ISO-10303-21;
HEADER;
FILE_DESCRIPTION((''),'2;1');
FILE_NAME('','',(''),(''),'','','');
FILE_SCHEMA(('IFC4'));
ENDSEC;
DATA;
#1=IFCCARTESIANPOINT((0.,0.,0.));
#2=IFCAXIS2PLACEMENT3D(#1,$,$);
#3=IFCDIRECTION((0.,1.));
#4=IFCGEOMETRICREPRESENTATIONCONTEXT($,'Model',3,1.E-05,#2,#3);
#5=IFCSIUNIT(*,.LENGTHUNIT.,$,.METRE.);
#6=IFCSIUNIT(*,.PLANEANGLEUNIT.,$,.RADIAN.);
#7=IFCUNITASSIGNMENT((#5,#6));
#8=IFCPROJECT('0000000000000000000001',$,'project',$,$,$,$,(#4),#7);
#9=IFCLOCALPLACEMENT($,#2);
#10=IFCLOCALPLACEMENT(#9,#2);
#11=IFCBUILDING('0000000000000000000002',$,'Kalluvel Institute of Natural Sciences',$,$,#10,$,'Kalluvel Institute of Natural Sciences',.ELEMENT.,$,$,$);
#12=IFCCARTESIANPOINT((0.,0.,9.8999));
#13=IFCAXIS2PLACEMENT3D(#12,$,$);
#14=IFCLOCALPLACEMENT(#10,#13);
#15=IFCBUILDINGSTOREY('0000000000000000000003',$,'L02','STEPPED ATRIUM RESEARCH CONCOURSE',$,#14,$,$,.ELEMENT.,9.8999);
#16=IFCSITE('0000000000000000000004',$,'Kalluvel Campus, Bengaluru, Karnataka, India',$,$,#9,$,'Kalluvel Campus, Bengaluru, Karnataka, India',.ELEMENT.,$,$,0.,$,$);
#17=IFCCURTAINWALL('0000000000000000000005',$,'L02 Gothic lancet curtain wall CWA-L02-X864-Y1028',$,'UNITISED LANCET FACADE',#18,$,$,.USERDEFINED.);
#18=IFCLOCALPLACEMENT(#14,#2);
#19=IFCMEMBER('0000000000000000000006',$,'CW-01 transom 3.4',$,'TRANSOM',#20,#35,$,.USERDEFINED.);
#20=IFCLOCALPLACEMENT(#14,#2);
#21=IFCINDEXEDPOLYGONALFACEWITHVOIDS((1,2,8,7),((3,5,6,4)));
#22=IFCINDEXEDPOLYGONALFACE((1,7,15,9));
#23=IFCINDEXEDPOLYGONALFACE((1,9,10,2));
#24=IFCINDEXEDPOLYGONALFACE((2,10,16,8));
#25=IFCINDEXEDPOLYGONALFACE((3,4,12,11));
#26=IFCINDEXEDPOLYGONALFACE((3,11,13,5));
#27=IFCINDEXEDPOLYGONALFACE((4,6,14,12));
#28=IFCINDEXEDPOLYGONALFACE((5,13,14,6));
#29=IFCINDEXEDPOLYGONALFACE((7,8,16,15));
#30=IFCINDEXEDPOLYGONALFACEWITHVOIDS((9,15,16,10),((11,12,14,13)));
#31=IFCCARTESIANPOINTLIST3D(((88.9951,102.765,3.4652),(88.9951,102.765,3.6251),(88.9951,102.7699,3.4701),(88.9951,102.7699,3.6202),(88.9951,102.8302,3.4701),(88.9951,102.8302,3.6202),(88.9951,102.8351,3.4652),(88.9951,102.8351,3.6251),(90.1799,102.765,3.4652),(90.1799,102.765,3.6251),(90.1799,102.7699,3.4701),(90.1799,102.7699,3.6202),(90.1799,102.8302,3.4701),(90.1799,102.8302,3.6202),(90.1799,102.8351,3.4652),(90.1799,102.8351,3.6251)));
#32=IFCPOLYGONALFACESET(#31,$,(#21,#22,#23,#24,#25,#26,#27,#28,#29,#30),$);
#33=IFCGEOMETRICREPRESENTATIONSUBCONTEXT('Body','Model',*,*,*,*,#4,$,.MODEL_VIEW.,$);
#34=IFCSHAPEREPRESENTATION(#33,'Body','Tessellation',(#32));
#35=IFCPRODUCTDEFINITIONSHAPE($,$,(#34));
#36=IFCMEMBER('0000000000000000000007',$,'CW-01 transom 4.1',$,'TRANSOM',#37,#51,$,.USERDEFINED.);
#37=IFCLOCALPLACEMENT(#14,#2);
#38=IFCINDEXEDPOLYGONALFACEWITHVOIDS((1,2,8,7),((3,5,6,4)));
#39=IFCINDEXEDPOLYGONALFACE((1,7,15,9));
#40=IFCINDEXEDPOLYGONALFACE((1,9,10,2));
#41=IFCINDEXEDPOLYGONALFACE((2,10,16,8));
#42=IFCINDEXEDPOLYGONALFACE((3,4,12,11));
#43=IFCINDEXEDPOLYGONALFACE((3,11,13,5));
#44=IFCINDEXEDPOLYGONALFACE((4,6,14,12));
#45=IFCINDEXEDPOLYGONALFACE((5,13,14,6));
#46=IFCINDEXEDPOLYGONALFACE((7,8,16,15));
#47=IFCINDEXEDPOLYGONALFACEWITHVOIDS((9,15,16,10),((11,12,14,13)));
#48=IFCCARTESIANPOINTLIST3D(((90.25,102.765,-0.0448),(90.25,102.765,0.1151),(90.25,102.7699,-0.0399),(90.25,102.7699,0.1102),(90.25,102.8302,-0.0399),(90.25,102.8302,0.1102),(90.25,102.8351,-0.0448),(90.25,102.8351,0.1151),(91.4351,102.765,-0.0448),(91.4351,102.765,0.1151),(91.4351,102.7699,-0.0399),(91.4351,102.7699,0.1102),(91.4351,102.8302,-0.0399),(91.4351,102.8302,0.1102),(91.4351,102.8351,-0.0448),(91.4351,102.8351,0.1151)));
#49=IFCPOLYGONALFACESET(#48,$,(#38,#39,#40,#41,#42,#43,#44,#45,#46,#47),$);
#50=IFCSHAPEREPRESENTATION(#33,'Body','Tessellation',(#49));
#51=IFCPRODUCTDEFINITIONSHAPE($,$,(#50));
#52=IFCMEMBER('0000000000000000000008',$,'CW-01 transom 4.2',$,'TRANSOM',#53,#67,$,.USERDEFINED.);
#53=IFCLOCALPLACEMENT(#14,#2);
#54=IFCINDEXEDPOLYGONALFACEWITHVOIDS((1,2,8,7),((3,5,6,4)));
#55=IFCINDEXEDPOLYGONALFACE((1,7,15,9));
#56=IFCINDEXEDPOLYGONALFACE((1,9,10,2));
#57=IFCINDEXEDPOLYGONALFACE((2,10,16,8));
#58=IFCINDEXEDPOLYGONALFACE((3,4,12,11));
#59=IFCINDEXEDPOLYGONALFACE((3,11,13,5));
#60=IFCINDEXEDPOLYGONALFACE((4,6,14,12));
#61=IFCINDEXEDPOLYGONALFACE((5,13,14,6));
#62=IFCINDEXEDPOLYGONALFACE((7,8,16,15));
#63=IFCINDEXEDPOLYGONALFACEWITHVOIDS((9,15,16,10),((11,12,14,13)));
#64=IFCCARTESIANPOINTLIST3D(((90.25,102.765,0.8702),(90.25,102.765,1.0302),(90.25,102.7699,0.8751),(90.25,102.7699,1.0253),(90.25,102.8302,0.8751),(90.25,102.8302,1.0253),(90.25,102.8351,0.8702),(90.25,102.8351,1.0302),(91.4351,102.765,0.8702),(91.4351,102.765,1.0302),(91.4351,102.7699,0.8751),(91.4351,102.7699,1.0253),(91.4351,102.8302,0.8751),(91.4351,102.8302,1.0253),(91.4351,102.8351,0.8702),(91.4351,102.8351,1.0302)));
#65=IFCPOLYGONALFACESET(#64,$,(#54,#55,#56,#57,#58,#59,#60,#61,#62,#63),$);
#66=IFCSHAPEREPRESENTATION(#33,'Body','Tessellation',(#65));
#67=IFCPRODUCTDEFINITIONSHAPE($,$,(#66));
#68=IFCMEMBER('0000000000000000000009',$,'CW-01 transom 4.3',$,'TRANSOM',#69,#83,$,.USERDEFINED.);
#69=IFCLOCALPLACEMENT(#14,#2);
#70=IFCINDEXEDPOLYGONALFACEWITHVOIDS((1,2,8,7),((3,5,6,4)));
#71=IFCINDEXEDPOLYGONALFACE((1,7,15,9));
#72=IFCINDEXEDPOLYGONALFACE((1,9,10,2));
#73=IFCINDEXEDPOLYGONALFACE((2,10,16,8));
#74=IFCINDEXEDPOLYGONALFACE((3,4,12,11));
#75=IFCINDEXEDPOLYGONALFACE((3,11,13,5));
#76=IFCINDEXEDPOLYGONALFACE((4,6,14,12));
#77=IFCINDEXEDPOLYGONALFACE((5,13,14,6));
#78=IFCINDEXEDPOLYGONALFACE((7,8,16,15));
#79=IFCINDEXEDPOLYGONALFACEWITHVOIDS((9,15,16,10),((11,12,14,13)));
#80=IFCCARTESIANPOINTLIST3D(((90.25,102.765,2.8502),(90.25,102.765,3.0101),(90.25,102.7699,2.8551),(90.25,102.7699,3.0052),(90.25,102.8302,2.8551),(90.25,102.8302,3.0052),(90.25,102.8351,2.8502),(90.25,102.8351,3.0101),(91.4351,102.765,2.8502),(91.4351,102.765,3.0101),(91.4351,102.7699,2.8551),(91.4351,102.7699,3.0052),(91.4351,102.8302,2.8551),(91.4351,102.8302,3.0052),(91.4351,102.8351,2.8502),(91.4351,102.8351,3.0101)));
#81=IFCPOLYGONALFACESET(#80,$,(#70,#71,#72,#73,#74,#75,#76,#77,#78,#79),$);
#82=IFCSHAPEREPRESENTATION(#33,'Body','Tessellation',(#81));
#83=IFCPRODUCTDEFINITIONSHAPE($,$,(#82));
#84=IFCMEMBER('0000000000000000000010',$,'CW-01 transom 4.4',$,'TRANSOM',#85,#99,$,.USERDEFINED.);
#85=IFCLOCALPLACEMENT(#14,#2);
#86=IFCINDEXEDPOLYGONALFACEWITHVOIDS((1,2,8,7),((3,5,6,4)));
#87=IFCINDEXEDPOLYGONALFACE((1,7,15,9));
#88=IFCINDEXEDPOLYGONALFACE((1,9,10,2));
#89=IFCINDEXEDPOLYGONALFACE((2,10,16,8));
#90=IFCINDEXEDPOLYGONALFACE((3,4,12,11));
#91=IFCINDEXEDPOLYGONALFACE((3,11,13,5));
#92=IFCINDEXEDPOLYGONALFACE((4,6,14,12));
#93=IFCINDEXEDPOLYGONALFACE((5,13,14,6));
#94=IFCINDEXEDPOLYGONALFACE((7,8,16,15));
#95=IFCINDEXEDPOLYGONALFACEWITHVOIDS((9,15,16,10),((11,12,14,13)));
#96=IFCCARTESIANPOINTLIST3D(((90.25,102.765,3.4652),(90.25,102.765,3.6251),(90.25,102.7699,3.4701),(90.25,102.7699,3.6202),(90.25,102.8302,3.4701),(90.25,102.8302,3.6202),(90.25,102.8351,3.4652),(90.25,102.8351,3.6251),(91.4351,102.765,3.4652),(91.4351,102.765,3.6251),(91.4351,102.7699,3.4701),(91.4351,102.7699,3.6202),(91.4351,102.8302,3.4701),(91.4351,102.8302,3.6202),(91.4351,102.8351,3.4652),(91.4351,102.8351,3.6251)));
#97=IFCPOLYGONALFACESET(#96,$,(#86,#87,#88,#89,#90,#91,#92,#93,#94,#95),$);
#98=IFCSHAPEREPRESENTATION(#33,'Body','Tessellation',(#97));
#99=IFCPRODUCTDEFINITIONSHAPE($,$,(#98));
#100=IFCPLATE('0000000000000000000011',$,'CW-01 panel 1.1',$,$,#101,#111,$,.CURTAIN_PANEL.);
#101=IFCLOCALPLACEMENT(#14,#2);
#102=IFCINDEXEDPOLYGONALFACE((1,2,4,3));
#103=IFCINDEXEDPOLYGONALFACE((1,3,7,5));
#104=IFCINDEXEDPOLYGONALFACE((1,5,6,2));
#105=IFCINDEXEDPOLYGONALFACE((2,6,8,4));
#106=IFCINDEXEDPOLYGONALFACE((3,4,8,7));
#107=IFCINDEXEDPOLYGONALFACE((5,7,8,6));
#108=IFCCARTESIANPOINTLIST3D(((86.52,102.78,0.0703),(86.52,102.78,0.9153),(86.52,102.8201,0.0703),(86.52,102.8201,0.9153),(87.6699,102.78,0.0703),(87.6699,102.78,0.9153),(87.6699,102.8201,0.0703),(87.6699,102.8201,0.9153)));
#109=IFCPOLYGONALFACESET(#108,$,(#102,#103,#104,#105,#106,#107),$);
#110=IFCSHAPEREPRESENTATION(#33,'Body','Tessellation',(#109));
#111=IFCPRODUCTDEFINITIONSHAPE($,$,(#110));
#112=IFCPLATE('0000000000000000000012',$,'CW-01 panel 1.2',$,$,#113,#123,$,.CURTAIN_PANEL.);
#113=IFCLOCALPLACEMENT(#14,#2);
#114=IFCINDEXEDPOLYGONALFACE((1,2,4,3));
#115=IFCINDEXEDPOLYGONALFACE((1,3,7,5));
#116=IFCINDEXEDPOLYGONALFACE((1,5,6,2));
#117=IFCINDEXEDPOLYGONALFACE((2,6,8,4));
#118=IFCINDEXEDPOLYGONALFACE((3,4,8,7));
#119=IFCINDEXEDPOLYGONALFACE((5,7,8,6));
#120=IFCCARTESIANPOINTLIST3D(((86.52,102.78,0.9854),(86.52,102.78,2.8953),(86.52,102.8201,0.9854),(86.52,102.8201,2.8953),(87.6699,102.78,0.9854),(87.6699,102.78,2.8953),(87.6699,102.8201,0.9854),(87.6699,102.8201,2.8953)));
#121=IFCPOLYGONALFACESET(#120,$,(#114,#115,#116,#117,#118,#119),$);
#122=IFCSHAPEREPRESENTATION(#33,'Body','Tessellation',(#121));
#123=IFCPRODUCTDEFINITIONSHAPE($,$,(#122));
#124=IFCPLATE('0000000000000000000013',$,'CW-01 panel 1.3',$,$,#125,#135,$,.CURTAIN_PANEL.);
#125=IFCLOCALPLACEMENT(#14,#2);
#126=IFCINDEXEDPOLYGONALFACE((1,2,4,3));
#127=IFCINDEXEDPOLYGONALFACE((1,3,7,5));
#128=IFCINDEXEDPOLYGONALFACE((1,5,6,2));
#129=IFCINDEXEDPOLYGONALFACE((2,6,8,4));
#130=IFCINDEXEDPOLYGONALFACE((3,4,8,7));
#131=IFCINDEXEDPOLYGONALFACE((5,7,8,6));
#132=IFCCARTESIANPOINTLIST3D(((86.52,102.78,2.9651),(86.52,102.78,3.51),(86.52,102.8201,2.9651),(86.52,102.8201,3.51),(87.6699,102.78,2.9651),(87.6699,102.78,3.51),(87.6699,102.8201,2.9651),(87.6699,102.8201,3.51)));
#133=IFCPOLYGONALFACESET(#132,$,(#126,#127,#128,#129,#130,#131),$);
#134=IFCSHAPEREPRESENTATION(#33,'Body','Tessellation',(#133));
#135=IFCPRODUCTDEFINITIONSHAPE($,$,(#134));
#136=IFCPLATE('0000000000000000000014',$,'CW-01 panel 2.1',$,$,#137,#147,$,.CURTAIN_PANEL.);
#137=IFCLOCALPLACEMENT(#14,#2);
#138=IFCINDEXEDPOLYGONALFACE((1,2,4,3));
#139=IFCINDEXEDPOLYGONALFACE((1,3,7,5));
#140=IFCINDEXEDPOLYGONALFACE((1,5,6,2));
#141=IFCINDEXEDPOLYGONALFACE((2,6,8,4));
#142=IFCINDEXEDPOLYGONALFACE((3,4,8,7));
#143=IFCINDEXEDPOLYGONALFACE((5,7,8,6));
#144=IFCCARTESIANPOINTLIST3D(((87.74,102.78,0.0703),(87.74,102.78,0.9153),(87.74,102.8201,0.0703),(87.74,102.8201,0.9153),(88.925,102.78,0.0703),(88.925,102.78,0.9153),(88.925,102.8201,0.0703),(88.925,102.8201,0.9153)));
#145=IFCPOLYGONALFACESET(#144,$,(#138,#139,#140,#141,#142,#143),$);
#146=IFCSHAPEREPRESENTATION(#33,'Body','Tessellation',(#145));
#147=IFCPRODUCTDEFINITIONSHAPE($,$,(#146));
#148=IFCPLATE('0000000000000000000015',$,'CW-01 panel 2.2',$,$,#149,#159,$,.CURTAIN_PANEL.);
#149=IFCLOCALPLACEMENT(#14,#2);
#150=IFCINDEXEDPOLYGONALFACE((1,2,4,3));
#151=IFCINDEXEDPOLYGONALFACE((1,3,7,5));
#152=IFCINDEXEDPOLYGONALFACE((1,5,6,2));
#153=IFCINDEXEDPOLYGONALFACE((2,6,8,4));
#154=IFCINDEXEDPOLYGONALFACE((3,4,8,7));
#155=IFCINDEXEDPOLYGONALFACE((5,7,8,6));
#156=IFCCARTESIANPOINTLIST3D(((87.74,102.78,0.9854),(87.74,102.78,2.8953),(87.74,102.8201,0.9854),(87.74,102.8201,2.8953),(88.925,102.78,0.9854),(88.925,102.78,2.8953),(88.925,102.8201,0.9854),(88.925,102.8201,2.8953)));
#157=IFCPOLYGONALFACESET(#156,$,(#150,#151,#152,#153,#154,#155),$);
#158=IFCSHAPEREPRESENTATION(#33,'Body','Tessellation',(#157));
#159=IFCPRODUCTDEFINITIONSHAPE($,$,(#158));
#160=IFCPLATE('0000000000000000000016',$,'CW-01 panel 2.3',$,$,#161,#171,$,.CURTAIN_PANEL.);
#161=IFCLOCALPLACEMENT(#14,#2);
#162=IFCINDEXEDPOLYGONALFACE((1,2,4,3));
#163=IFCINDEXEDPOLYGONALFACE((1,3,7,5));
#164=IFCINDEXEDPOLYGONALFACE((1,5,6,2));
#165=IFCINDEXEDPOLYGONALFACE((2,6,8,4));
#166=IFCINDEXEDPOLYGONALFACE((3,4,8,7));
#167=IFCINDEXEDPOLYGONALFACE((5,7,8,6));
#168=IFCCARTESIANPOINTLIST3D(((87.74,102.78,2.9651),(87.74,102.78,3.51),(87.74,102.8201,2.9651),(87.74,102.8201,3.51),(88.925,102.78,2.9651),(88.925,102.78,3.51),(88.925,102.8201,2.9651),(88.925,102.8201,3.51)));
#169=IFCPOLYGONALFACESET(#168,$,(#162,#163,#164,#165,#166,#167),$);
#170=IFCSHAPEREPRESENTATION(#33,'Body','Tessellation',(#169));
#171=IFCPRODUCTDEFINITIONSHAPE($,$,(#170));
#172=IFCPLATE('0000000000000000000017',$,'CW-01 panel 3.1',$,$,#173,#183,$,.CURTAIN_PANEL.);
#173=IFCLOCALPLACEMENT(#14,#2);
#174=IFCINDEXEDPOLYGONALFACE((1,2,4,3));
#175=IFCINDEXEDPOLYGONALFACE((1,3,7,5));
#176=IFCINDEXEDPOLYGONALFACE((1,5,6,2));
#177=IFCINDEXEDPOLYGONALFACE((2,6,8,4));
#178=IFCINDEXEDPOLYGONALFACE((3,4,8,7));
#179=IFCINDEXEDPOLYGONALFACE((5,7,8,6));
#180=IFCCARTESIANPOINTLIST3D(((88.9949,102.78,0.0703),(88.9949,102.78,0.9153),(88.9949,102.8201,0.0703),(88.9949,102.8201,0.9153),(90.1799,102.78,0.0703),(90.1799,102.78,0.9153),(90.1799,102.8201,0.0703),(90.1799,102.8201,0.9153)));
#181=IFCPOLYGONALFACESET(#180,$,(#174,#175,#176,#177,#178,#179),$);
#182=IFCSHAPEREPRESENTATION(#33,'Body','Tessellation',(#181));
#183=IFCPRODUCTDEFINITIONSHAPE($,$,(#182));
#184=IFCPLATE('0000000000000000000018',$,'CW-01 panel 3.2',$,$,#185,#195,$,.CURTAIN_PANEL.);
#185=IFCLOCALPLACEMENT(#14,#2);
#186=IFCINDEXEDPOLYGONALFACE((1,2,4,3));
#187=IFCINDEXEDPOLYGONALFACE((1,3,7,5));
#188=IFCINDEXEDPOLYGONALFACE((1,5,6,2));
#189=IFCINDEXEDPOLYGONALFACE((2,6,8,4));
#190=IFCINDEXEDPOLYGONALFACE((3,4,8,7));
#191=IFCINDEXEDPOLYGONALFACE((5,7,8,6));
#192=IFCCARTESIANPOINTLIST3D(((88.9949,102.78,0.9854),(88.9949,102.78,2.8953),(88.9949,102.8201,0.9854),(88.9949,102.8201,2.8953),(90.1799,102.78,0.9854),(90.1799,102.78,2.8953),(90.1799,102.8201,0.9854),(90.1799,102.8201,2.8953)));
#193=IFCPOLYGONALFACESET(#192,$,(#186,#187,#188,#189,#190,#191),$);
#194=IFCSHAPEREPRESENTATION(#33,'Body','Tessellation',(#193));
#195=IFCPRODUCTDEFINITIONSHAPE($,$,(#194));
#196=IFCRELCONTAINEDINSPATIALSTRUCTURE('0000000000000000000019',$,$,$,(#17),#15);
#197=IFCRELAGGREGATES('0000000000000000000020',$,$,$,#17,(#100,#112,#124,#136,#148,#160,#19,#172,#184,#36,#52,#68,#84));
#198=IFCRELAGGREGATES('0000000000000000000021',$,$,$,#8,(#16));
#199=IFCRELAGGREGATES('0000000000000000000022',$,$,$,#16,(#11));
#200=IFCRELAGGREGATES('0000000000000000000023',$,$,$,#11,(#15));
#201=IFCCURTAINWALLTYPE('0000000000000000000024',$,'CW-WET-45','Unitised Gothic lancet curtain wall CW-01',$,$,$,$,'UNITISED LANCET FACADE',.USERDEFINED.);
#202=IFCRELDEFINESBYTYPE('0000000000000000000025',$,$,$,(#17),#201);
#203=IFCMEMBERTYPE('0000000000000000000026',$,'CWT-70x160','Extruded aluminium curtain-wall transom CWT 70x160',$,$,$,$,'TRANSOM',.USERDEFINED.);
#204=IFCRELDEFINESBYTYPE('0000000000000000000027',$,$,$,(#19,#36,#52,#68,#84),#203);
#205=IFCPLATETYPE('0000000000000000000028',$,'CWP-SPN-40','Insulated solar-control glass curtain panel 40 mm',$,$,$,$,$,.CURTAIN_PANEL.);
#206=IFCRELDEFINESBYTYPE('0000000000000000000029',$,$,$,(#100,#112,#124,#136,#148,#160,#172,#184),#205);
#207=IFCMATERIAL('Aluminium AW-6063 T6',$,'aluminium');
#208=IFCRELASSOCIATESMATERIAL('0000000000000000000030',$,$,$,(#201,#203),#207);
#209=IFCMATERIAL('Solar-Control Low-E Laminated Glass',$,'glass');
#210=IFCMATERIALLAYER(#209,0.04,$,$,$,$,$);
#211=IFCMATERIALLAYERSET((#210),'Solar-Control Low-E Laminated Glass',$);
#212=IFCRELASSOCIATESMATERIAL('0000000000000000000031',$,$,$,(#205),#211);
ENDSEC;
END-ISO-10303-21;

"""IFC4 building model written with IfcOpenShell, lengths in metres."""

from ifc_helpers import new_model, si_unit, direction, frame, origin, origin_2d, place, context, subcontext, project, spatial, rectangle, hollow_rectangle, extrude, material, layer, layer_set, material_profile, profile_set, type_object, element, aggregate, save


model = new_model("IFC4")

# Units and contexts
model_context = context("Model", 3, precision=1e-05, world=origin(), true_north=direction((0.0, 1.0)))
body_context = subcontext(model_context, "Body", "Model", "MODEL_VIEW")
ifc_project = project(units=[si_unit("LENGTHUNIT", "METRE"), si_unit("PLANEANGLEUNIT", "RADIAN")], contexts=[model_context])

# Site, building, storey
site_placement = place(None, origin())
site = spatial("IfcSite", under=ifc_project, at=site_placement, Name="Kalluvel Campus, Bengaluru, Karnataka, India", LongName="Kalluvel Campus, Bengaluru, Karnataka, India", CompositionType="ELEMENT", RefElevation=0.0)
building_placement = place(site_placement, origin())
building = spatial("IfcBuilding", under=site, at=building_placement, Name="Kalluvel Institute of Natural Sciences", LongName="Kalluvel Institute of Natural Sciences", CompositionType="ELEMENT")
storey_placement = place(building_placement, frame((0.0, 0.0, 9.8999)))
storey = spatial("IfcBuildingStorey", under=building, at=storey_placement, Name="L02", Description="STEPPED ATRIUM RESEARCH CONCOURSE", CompositionType="ELEMENT", Elevation=9.8999)

# Curtain wall, members, plates
ifc_material_1 = material(Name="Aluminium AW-6063 T6", Category="aluminium")
curtain_wall_type = type_object("IfcCurtainWallType", Name="CW-WET-45", Description="Unitised Gothic lancet curtain wall CW-01", ElementType="UNITISED LANCET FACADE", PredefinedType="USERDEFINED", material=ifc_material_1)
curtain_wall_placement = place(storey_placement, origin())
curtain_wall = element("IfcCurtainWall", 1, at=curtain_wall_placement, inside=storey, type_object=curtain_wall_type, Name="L02 Gothic lancet curtain wall CWA-L02-X864-Y1028", ObjectType="UNITISED LANCET FACADE", PredefinedType="USERDEFINED")
ifc_material_profile_1 = material_profile(ifc_material_1, hollow_rectangle(XDim=0.0701, YDim=0.1599, WallThickness=0.0049, at=origin_2d()), Name="CWT 70x160")
ifc_profile_set_1 = profile_set([ifc_material_profile_1], Name="Aluminium AW-6063 T6")
member_type_1 = type_object("IfcMemberType", Name="CWT-70x160", Description="Extruded aluminium curtain-wall transom CWT 70x160", ElementType="TRANSOM", PredefinedType="USERDEFINED", material=ifc_profile_set_1)
member_1_placement = place(storey_placement, frame((88.9951, 102.8, 3.5452), z_axis=(1.0, 0.0, 0.0), x_axis=(0.0, 1.0, 0.0)))
member_1 = element("IfcMember", 2, at=member_1_placement, type_object=member_type_1, Name="CW-01 transom 3.4", ObjectType="TRANSOM", PredefinedType="USERDEFINED", context=body_context, shape_type="SweptSolid", body=[
    extrude(hollow_rectangle(XDim=0.0701, YDim=0.1599, WallThickness=0.0049, at=origin_2d()), origin(), (0.0, 0.0, 1.0), 1.1848),
])
member_2_placement = place(storey_placement, frame((90.25, 102.8, 0.0352), z_axis=(1.0, 0.0, 0.0), x_axis=(0.0, 1.0, 0.0)))
member_2 = element("IfcMember", 3, at=member_2_placement, type_object=member_type_1, Name="CW-01 transom 4.1", ObjectType="TRANSOM", PredefinedType="USERDEFINED", context=body_context, shape_type="SweptSolid", body=[
    extrude(hollow_rectangle(XDim=0.0701, YDim=0.1599, WallThickness=0.0049, at=origin_2d()), origin(), (0.0, 0.0, 1.0), 1.1851),
])
member_3_placement = place(storey_placement, frame((90.25, 102.8, 0.9502), z_axis=(1.0, 0.0, 0.0), x_axis=(0.0, 1.0, 0.0)))
member_3 = element("IfcMember", 4, at=member_3_placement, type_object=member_type_1, Name="CW-01 transom 4.2", ObjectType="TRANSOM", PredefinedType="USERDEFINED", context=body_context, shape_type="SweptSolid", body=[
    extrude(hollow_rectangle(XDim=0.0701, YDim=0.1599, WallThickness=0.0049, at=origin_2d()), origin(), (0.0, 0.0, 1.0), 1.1851),
])
member_4_placement = place(storey_placement, frame((90.25, 102.8, 2.9302), z_axis=(1.0, 0.0, 0.0), x_axis=(0.0, 1.0, 0.0)))
member_4 = element("IfcMember", 5, at=member_4_placement, type_object=member_type_1, Name="CW-01 transom 4.3", ObjectType="TRANSOM", PredefinedType="USERDEFINED", context=body_context, shape_type="SweptSolid", body=[
    extrude(hollow_rectangle(XDim=0.0701, YDim=0.1599, WallThickness=0.0049, at=origin_2d()), origin(), (0.0, 0.0, 1.0), 1.1851),
])
member_5_placement = place(storey_placement, frame((90.25, 102.8, 3.5452), z_axis=(1.0, 0.0, 0.0), x_axis=(0.0, 1.0, 0.0)))
member_5 = element("IfcMember", 6, at=member_5_placement, type_object=member_type_1, Name="CW-01 transom 4.4", ObjectType="TRANSOM", PredefinedType="USERDEFINED", context=body_context, shape_type="SweptSolid", body=[
    extrude(hollow_rectangle(XDim=0.0701, YDim=0.1599, WallThickness=0.0049, at=origin_2d()), origin(), (0.0, 0.0, 1.0), 1.1851),
])
ifc_material_2 = material(Name="Solar-Control Low-E Laminated Glass", Category="glass")
ifc_layer = layer(ifc_material_2, 0.04)
ifc_layer_set = layer_set([ifc_layer], Name="Solar-Control Low-E Laminated Glass")
plate_type = type_object("IfcPlateType", Name="CWP-SPN-40", Description="Insulated solar-control glass curtain panel 40 mm", PredefinedType="CURTAIN_PANEL", material=ifc_layer_set)
plate_1_placement = place(storey_placement, frame((87.095, 102.8, 0.0703), z_axis=(0.0, 0.0, 1.0), x_axis=(1.0, 0.0, 0.0)))
plate_1 = element("IfcPlate", 7, at=plate_1_placement, type_object=plate_type, Name="CW-01 panel 1.1", PredefinedType="CURTAIN_PANEL", context=body_context, shape_type="SweptSolid", body=[
    extrude(rectangle(XDim=1.1499, YDim=0.04, at=origin_2d()), origin(), (0.0, 0.0, 1.0), 0.845),
])
plate_2_placement = place(storey_placement, frame((87.095, 102.8, 0.9854), z_axis=(0.0, 0.0, 1.0), x_axis=(1.0, 0.0, 0.0)))
plate_2 = element("IfcPlate", 8, at=plate_2_placement, type_object=plate_type, Name="CW-01 panel 1.2", PredefinedType="CURTAIN_PANEL", context=body_context, shape_type="SweptSolid", body=[
    extrude(rectangle(XDim=1.1499, YDim=0.04, at=origin_2d()), origin(), (0.0, 0.0, 1.0), 1.9099),
])
plate_3_placement = place(storey_placement, frame((87.095, 102.8, 2.9651), z_axis=(0.0, 0.0, 1.0), x_axis=(1.0, 0.0, 0.0)))
plate_3 = element("IfcPlate", 9, at=plate_3_placement, type_object=plate_type, Name="CW-01 panel 1.3", PredefinedType="CURTAIN_PANEL", context=body_context, shape_type="SweptSolid", body=[
    extrude(rectangle(XDim=1.1499, YDim=0.04, at=origin_2d()), origin(), (0.0, 0.0, 1.0), 0.5449),
])
plate_4_placement = place(storey_placement, frame((88.3325, 102.8, 0.0703), z_axis=(0.0, 0.0, 1.0), x_axis=(1.0, 0.0, 0.0)))
plate_4 = element("IfcPlate", 10, at=plate_4_placement, type_object=plate_type, Name="CW-01 panel 2.1", PredefinedType="CURTAIN_PANEL", context=body_context, shape_type="SweptSolid", body=[
    extrude(rectangle(XDim=1.1851, YDim=0.04, at=origin_2d()), origin(), (0.0, 0.0, 1.0), 0.845),
])
plate_5_placement = place(storey_placement, frame((88.3325, 102.8, 0.9854), z_axis=(0.0, 0.0, 1.0), x_axis=(1.0, 0.0, 0.0)))
plate_5 = element("IfcPlate", 11, at=plate_5_placement, type_object=plate_type, Name="CW-01 panel 2.2", PredefinedType="CURTAIN_PANEL", context=body_context, shape_type="SweptSolid", body=[
    extrude(rectangle(XDim=1.1851, YDim=0.04, at=origin_2d()), origin(), (0.0, 0.0, 1.0), 1.9099),
])
plate_6_placement = place(storey_placement, frame((88.3325, 102.8, 2.9651), z_axis=(0.0, 0.0, 1.0), x_axis=(1.0, 0.0, 0.0)))
plate_6 = element("IfcPlate", 12, at=plate_6_placement, type_object=plate_type, Name="CW-01 panel 2.3", PredefinedType="CURTAIN_PANEL", context=body_context, shape_type="SweptSolid", body=[
    extrude(rectangle(XDim=1.1851, YDim=0.04, at=origin_2d()), origin(), (0.0, 0.0, 1.0), 0.5449),
])
plate_7_placement = place(storey_placement, frame((89.5874, 102.8, 0.0703), z_axis=(0.0, 0.0, 1.0), x_axis=(1.0, 0.0, 0.0)))
plate_7 = element("IfcPlate", 13, at=plate_7_placement, type_object=plate_type, Name="CW-01 panel 3.1", PredefinedType="CURTAIN_PANEL", context=body_context, shape_type="SweptSolid", body=[
    extrude(rectangle(XDim=1.1851, YDim=0.04, at=origin_2d()), origin(), (0.0, 0.0, 1.0), 0.845),
])
plate_8_placement = place(storey_placement, frame((89.5874, 102.8, 0.9854), z_axis=(0.0, 0.0, 1.0), x_axis=(1.0, 0.0, 0.0)))
plate_8 = element("IfcPlate", 14, at=plate_8_placement, type_object=plate_type, Name="CW-01 panel 3.2", PredefinedType="CURTAIN_PANEL", context=body_context, shape_type="SweptSolid", body=[
    extrude(rectangle(XDim=1.1851, YDim=0.04, at=origin_2d()), origin(), (0.0, 0.0, 1.0), 1.9099),
])
aggregate(curtain_wall, [plate_1, plate_2, plate_3, plate_4, plate_5, plate_6, member_1, plate_7, plate_8, member_2, member_3, member_4, member_5])

save(model, "model.ifc")
